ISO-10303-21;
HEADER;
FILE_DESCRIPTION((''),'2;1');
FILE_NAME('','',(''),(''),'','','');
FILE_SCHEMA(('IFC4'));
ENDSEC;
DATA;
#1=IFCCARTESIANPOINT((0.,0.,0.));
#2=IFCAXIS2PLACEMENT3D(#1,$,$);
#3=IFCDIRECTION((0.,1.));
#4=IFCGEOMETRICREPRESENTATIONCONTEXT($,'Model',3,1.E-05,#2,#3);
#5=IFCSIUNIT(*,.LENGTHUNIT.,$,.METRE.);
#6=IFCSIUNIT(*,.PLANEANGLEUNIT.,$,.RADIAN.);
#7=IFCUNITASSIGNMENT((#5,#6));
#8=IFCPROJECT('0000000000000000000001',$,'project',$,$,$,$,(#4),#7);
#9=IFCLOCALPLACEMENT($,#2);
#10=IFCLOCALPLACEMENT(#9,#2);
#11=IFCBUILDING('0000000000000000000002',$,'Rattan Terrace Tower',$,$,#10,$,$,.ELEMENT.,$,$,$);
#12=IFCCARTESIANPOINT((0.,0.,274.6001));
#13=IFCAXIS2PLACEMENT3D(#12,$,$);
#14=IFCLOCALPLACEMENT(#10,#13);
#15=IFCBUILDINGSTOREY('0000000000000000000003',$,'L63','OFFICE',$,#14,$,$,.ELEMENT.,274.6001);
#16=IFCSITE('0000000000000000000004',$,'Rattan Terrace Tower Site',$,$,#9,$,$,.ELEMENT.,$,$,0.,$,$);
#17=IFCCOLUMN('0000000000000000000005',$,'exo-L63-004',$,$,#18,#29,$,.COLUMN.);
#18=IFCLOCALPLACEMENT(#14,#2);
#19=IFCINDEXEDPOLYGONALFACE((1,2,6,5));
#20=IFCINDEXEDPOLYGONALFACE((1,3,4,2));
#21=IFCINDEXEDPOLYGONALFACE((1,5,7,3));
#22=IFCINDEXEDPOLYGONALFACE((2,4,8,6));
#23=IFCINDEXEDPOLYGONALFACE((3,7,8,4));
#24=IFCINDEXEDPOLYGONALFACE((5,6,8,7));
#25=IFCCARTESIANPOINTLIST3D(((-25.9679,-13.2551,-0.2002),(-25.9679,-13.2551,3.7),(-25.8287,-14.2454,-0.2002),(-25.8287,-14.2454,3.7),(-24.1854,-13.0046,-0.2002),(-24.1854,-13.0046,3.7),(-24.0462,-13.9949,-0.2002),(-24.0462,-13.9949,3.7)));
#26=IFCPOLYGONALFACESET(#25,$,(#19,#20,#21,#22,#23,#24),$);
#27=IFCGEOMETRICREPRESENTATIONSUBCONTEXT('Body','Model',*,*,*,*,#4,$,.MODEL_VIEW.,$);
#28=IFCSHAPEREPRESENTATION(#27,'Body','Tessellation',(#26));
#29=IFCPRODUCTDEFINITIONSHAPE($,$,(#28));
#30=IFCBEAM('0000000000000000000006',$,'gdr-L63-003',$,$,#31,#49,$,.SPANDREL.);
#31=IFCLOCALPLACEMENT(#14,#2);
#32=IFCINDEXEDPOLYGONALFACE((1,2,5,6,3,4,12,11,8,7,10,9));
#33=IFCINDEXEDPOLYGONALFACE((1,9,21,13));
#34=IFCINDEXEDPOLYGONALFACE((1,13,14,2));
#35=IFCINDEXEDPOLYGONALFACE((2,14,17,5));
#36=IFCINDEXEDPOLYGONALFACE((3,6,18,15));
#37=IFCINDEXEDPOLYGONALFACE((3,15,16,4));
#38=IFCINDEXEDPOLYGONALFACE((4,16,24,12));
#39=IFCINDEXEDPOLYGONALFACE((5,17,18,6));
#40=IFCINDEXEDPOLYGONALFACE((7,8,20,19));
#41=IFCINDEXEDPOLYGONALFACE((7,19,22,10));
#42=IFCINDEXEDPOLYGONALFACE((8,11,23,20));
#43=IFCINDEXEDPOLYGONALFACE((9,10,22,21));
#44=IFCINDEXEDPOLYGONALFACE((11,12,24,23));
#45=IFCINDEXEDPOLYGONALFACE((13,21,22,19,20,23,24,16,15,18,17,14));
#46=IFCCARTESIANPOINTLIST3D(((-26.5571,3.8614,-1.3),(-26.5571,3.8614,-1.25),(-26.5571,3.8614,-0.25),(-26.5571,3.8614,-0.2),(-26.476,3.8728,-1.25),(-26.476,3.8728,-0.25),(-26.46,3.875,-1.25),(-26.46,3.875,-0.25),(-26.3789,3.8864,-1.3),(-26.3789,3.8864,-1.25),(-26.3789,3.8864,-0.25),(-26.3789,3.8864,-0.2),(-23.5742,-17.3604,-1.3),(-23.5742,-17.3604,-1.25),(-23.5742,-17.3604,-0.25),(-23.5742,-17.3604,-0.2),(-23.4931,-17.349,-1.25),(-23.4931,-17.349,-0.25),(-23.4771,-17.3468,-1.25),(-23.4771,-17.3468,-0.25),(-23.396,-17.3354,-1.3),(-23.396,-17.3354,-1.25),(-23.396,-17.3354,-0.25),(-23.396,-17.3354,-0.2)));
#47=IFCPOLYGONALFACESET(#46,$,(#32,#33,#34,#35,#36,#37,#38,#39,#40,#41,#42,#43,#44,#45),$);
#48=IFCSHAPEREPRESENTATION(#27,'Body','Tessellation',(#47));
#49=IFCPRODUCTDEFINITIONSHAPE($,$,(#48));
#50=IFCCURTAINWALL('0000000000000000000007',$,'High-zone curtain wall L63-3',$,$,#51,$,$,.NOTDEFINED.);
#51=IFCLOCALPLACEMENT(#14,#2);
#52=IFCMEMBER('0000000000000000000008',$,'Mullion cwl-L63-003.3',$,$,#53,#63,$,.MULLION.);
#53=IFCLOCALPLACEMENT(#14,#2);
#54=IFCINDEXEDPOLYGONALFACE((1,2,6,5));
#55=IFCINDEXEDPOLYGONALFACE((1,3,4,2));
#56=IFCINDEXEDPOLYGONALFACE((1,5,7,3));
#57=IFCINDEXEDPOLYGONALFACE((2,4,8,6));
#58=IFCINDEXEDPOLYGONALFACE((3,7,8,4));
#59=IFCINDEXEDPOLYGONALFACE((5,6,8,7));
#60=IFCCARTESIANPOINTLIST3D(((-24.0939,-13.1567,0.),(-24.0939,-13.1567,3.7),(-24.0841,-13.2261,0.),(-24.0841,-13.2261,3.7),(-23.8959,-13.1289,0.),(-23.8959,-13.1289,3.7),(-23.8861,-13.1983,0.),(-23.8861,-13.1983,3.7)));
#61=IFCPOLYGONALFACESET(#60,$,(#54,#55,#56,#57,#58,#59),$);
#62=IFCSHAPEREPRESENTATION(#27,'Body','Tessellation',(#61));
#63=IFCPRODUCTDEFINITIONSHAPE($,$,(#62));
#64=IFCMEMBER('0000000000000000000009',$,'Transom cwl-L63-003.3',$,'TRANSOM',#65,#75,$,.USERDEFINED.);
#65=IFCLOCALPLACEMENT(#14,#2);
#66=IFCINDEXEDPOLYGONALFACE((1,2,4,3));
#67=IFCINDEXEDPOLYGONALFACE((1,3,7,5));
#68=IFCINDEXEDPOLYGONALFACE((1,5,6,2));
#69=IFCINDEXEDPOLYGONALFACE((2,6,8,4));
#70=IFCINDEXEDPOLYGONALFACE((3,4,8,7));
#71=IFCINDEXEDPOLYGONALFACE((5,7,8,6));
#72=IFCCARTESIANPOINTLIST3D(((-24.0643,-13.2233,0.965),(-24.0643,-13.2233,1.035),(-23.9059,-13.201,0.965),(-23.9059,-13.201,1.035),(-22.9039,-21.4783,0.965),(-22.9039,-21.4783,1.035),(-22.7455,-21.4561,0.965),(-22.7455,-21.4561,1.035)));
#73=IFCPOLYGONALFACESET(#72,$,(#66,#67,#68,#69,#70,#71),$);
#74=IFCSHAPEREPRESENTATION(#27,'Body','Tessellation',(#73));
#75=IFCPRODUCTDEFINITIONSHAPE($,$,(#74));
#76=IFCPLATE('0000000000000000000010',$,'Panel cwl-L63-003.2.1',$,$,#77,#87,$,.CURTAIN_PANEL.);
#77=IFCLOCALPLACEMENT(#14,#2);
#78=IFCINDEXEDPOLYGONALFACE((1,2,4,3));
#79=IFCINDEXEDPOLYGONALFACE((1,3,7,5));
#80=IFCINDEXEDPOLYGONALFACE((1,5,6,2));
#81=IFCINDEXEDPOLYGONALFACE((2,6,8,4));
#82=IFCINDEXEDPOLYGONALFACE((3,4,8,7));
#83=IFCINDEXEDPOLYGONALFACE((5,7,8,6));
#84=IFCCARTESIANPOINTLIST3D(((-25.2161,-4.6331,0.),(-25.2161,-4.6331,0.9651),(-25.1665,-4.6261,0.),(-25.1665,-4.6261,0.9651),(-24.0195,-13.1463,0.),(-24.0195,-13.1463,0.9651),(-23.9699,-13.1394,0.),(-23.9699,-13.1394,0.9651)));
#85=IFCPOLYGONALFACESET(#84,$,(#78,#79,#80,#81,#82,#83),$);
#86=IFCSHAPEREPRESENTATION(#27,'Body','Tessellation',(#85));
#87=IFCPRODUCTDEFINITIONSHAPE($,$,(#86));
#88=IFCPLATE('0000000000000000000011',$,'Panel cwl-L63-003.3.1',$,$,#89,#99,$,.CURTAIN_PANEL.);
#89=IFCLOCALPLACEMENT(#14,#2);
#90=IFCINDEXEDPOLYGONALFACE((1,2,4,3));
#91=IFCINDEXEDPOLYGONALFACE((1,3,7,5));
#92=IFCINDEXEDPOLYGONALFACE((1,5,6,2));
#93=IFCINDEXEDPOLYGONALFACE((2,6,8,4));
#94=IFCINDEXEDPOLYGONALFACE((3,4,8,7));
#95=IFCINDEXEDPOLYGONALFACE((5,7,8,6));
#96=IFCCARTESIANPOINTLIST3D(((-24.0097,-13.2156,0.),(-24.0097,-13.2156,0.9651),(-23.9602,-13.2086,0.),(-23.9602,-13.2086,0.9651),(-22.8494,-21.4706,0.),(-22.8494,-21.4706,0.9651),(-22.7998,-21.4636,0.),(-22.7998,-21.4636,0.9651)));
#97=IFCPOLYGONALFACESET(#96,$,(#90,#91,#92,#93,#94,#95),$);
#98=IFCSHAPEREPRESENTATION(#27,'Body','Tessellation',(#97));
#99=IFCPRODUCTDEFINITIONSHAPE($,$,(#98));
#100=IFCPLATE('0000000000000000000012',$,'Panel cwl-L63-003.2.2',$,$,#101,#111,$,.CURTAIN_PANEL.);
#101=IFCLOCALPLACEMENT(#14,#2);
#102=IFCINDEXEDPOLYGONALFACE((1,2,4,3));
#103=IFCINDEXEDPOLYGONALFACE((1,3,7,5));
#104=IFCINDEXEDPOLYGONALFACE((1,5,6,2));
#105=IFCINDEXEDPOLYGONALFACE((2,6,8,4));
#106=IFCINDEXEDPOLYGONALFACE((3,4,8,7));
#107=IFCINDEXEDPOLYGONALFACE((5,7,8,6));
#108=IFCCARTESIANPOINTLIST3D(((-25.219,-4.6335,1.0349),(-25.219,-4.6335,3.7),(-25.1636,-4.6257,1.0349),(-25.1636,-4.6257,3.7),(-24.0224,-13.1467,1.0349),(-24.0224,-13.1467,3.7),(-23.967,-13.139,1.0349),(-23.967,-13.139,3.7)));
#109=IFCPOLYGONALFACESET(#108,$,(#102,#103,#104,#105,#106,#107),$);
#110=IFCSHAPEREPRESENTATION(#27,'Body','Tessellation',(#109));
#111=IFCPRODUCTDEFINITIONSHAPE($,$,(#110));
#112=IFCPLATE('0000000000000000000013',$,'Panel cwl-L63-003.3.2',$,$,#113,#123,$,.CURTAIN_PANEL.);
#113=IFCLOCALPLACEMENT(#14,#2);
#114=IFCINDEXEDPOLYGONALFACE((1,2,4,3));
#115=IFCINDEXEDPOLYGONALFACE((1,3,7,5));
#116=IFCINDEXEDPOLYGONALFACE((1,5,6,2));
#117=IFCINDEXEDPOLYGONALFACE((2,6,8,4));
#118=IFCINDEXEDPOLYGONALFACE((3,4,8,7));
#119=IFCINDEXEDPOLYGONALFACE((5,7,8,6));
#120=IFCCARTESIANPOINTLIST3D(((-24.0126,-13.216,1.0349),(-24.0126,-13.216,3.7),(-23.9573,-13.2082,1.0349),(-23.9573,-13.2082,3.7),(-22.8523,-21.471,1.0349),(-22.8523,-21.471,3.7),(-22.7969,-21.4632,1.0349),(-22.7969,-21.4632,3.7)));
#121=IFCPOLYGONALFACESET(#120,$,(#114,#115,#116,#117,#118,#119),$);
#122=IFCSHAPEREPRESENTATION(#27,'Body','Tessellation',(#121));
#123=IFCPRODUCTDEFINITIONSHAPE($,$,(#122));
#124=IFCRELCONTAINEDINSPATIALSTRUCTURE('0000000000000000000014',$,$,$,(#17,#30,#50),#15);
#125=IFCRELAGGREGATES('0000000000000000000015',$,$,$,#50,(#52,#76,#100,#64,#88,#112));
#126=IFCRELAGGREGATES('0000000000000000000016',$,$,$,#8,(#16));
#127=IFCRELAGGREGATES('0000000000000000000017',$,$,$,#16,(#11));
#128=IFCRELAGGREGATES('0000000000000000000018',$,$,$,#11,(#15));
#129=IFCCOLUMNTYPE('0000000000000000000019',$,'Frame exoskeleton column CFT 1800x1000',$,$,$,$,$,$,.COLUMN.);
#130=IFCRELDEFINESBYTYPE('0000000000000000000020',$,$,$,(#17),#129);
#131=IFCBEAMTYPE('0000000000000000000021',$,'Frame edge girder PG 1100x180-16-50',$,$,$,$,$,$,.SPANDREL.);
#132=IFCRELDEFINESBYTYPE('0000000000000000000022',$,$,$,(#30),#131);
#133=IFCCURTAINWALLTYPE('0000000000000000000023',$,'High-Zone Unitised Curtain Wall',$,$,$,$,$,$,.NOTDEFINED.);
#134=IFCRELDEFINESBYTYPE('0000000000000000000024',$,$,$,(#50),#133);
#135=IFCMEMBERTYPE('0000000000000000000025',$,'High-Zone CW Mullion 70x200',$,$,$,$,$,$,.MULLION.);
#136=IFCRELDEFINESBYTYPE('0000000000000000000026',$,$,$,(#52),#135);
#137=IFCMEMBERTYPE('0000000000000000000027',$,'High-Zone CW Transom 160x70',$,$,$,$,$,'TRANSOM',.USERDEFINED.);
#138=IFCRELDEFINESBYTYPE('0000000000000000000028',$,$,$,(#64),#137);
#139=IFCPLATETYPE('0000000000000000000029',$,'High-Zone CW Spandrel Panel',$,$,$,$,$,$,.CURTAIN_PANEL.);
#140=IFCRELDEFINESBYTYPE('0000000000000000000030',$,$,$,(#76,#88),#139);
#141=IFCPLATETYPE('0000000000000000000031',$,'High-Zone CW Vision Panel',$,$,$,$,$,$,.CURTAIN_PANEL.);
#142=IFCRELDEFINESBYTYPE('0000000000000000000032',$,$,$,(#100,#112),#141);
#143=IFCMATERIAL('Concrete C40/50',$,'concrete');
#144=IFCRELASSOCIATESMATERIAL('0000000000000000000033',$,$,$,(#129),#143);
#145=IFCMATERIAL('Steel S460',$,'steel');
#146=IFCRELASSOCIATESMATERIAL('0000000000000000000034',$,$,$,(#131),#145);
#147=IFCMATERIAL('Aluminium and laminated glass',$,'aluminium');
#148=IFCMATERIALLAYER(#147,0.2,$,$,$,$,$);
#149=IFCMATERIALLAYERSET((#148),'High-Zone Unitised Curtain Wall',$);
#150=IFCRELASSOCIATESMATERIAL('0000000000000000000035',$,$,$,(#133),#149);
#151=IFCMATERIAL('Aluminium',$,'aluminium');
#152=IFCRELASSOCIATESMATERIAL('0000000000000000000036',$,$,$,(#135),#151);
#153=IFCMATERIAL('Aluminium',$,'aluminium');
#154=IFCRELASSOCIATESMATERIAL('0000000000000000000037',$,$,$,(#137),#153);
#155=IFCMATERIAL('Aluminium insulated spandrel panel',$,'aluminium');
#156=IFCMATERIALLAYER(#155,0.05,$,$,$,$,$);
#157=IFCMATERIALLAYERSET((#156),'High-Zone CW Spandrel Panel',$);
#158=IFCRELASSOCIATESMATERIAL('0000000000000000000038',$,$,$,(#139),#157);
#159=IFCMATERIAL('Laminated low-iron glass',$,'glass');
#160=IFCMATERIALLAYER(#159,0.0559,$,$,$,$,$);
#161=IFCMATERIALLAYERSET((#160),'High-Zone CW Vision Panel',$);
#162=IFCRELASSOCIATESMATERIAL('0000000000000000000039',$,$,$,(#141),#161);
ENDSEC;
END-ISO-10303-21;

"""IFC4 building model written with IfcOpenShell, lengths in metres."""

from ifc_helpers import new_model, si_unit, direction, frame, origin, origin_2d, place, context, subcontext, project, spatial, rectangle, i_section, extrude, material, layer, layer_set, material_profile, profile_set, type_object, element, aggregate, save


model = new_model("IFC4")

# Units and contexts
model_context = context("Model", 3, precision=1e-05, world=origin(), true_north=direction((0.0, 1.0)))
body_context = subcontext(model_context, "Body", "Model", "MODEL_VIEW")
ifc_project = project(units=[si_unit("LENGTHUNIT", "METRE"), si_unit("PLANEANGLEUNIT", "RADIAN")], contexts=[model_context])

# Site, building, storey
site_placement = place(None, origin())
site = spatial("IfcSite", under=ifc_project, at=site_placement, Name="Rattan Terrace Tower Site", CompositionType="ELEMENT", RefElevation=0.0)
building_placement = place(site_placement, origin())
building = spatial("IfcBuilding", under=site, at=building_placement, Name="Rattan Terrace Tower", CompositionType="ELEMENT")
storey_placement = place(building_placement, frame((0.0, 0.0, 274.6001)))
storey = spatial("IfcBuildingStorey", under=building, at=storey_placement, Name="L63", Description="OFFICE", CompositionType="ELEMENT", Elevation=274.6001)

# Column
ifc_material_1 = material(Name="Concrete C40/50", Category="concrete")
ifc_material_profile_1 = material_profile(ifc_material_1, rectangle(XDim=1.0, YDim=1.8, at=origin_2d()), Name="CFT 1800x1000")
ifc_profile_set_1 = profile_set([ifc_material_profile_1], Name="Concrete C40/50")
column_type = type_object("IfcColumnType", Name="Frame exoskeleton column CFT 1800x1000", PredefinedType="COLUMN", material=ifc_profile_set_1)
column_placement = place(storey_placement, frame((-25.0071, -13.625, -0.2002), z_axis=(0.0, 0.0, 1.0), x_axis=(-0.13919, 0.990266, 0.0)))
element("IfcColumn", 1, at=column_placement, inside=storey, type_object=column_type, Name="exo-L63-004", PredefinedType="COLUMN", context=body_context, shape_type="SweptSolid", body=[
    extrude(rectangle(XDim=1.0, YDim=1.8, at=origin_2d()), origin(), (0.0, 0.0, 1.0), 3.9001),
])

# Beam
ifc_material_2 = material(Name="Steel S460", Category="steel")
ifc_material_profile_2 = material_profile(ifc_material_2, i_section(OverallWidth=0.1799, OverallDepth=1.1001, WebThickness=0.0161, FlangeThickness=0.05, at=origin_2d()), Name="PG 1100x180-16-50")
ifc_profile_set_2 = profile_set([ifc_material_profile_2], Name="Steel S460")
beam_type = type_object("IfcBeamType", Name="Frame edge girder PG 1100x180-16-50", PredefinedType="SPANDREL", material=ifc_profile_set_2)
beam_placement = place(storey_placement, frame((-23.4851, -17.3479, -0.75), z_axis=(-0.13919, 0.990266, 0.0), x_axis=(-0.990266, -0.13919, 0.0)))
element("IfcBeam", 2, at=beam_placement, inside=storey, type_object=beam_type, Name="gdr-L63-003", PredefinedType="SPANDREL", context=body_context, shape_type="SweptSolid", body=[
    extrude(i_section(OverallWidth=0.1799, OverallDepth=1.1001, WebThickness=0.0161, FlangeThickness=0.05, at=origin_2d()), origin(), (0.0, 0.0, 1.0), 21.4304),
])

# Curtain wall, members, plates
ifc_material_3 = material(Name="Aluminium and laminated glass", Category="aluminium")
ifc_layer_1 = layer(ifc_material_3, 0.2)
ifc_layer_set_1 = layer_set([ifc_layer_1], Name="High-Zone Unitised Curtain Wall")
curtain_wall_type = type_object("IfcCurtainWallType", Name="High-Zone Unitised Curtain Wall", PredefinedType="NOTDEFINED", material=ifc_layer_set_1)
curtain_wall_placement = place(storey_placement, origin())
curtain_wall = element("IfcCurtainWall", 3, at=curtain_wall_placement, inside=storey, type_object=curtain_wall_type, Name="High-zone curtain wall L63-3", PredefinedType="NOTDEFINED")
ifc_material_4 = material(Name="Aluminium", Category="aluminium")
ifc_material_profile_3 = material_profile(ifc_material_4, rectangle(XDim=0.0701, YDim=0.2, at=origin_2d()), Name="Aluminium 70x200")
ifc_profile_set_3 = profile_set([ifc_material_profile_3], Name="Aluminium")
member_type_1 = type_object("IfcMemberType", Name="High-Zone CW Mullion 70x200", PredefinedType="MULLION", material=ifc_profile_set_3)
member_1_placement = place(storey_placement, frame((-23.99, -13.1775, 0.0), z_axis=(0.0, 0.0, 1.0), x_axis=(0.139192, -0.990265, 0.0)))
member_1 = element("IfcMember", 4, at=member_1_placement, type_object=member_type_1, Name="Mullion cwl-L63-003.3", PredefinedType="MULLION", context=body_context, shape_type="SweptSolid", body=[
    extrude(rectangle(XDim=0.0701, YDim=0.2, at=origin_2d()), origin(), (0.0, 0.0, 1.0), 3.7),
])
ifc_material_5 = material(Name="Aluminium", Category="aluminium")
ifc_material_profile_4 = material_profile(ifc_material_5, rectangle(XDim=0.1599, YDim=0.0701, at=origin_2d()), Name="Aluminium 160x70")
ifc_profile_set_4 = profile_set([ifc_material_profile_4], Name="Aluminium")
member_type_2 = type_object("IfcMemberType", Name="High-Zone CW Transom 160x70", ElementType="TRANSOM", PredefinedType="USERDEFINED", material=ifc_profile_set_4)
member_2_placement = place(storey_placement, frame((-23.9851, -13.2122, 1.0), z_axis=(0.139199, -0.990264, 0.0), x_axis=(0.990264, 0.139199, 0.0)))
member_2 = element("IfcMember", 5, at=member_2_placement, type_object=member_type_2, Name="Transom cwl-L63-003.3", ObjectType="TRANSOM", PredefinedType="USERDEFINED", context=body_context, shape_type="SweptSolid", body=[
    extrude(rectangle(XDim=0.1599, YDim=0.0701, at=origin_2d()), origin(), (0.0, 0.0, 1.0), 8.3362),
])
ifc_material_6 = material(Name="Aluminium insulated spandrel panel", Category="aluminium")
ifc_layer_2 = layer(ifc_material_6, 0.05)
ifc_layer_set_2 = layer_set([ifc_layer_2], Name="High-Zone CW Spandrel Panel")
plate_type_1 = type_object("IfcPlateType", Name="High-Zone CW Spandrel Panel", PredefinedType="CURTAIN_PANEL", material=ifc_layer_set_2)
plate_1_placement = place(storey_placement, frame((-24.593, -8.8862, 0.0), z_axis=(0.0, 0.0, 1.0), x_axis=(0.139192, -0.990265, 0.0)))
plate_1 = element("IfcPlate", 6, at=plate_1_placement, type_object=plate_type_1, Name="Panel cwl-L63-003.2.1", PredefinedType="CURTAIN_PANEL", context=body_context, shape_type="SweptSolid", body=[
    extrude(rectangle(XDim=8.5969, YDim=0.05, at=origin_2d()), origin(), (0.0, 0.0, 1.0), 0.9651),
])
plate_2_placement = place(storey_placement, frame((-23.4048, -17.3396, 0.0), z_axis=(0.0, 0.0, 1.0), x_axis=(0.139192, -0.990265, 0.0)))
plate_2 = element("IfcPlate", 7, at=plate_2_placement, type_object=plate_type_1, Name="Panel cwl-L63-003.3.1", PredefinedType="CURTAIN_PANEL", context=body_context, shape_type="SweptSolid", body=[
    extrude(rectangle(XDim=8.3362, YDim=0.05, at=origin_2d()), origin(), (0.0, 0.0, 1.0), 0.9651),
])
ifc_material_7 = material(Name="Laminated low-iron glass", Category="glass")
ifc_layer_3 = layer(ifc_material_7, 0.0559)
ifc_layer_set_3 = layer_set([ifc_layer_3], Name="High-Zone CW Vision Panel")
plate_type_2 = type_object("IfcPlateType", Name="High-Zone CW Vision Panel", PredefinedType="CURTAIN_PANEL", material=ifc_layer_set_3)
plate_3_placement = place(storey_placement, frame((-24.593, -8.8862, 1.0349), z_axis=(0.0, 0.0, 1.0), x_axis=(0.139192, -0.990265, 0.0)))
plate_3 = element("IfcPlate", 8, at=plate_3_placement, type_object=plate_type_2, Name="Panel cwl-L63-003.2.2", PredefinedType="CURTAIN_PANEL", context=body_context, shape_type="SweptSolid", body=[
    extrude(rectangle(XDim=8.5969, YDim=0.0559, at=origin_2d()), origin(), (0.0, 0.0, 1.0), 2.665),
])
plate_4_placement = place(storey_placement, frame((-23.4048, -17.3396, 1.0349), z_axis=(0.0, 0.0, 1.0), x_axis=(0.139192, -0.990265, 0.0)))
plate_4 = element("IfcPlate", 9, at=plate_4_placement, type_object=plate_type_2, Name="Panel cwl-L63-003.3.2", PredefinedType="CURTAIN_PANEL", context=body_context, shape_type="SweptSolid", body=[
    extrude(rectangle(XDim=8.3362, YDim=0.0559, at=origin_2d()), origin(), (0.0, 0.0, 1.0), 2.665),
])
aggregate(curtain_wall, [member_1, plate_1, plate_3, member_2, plate_2, plate_4])

save(model, "model.ifc")
